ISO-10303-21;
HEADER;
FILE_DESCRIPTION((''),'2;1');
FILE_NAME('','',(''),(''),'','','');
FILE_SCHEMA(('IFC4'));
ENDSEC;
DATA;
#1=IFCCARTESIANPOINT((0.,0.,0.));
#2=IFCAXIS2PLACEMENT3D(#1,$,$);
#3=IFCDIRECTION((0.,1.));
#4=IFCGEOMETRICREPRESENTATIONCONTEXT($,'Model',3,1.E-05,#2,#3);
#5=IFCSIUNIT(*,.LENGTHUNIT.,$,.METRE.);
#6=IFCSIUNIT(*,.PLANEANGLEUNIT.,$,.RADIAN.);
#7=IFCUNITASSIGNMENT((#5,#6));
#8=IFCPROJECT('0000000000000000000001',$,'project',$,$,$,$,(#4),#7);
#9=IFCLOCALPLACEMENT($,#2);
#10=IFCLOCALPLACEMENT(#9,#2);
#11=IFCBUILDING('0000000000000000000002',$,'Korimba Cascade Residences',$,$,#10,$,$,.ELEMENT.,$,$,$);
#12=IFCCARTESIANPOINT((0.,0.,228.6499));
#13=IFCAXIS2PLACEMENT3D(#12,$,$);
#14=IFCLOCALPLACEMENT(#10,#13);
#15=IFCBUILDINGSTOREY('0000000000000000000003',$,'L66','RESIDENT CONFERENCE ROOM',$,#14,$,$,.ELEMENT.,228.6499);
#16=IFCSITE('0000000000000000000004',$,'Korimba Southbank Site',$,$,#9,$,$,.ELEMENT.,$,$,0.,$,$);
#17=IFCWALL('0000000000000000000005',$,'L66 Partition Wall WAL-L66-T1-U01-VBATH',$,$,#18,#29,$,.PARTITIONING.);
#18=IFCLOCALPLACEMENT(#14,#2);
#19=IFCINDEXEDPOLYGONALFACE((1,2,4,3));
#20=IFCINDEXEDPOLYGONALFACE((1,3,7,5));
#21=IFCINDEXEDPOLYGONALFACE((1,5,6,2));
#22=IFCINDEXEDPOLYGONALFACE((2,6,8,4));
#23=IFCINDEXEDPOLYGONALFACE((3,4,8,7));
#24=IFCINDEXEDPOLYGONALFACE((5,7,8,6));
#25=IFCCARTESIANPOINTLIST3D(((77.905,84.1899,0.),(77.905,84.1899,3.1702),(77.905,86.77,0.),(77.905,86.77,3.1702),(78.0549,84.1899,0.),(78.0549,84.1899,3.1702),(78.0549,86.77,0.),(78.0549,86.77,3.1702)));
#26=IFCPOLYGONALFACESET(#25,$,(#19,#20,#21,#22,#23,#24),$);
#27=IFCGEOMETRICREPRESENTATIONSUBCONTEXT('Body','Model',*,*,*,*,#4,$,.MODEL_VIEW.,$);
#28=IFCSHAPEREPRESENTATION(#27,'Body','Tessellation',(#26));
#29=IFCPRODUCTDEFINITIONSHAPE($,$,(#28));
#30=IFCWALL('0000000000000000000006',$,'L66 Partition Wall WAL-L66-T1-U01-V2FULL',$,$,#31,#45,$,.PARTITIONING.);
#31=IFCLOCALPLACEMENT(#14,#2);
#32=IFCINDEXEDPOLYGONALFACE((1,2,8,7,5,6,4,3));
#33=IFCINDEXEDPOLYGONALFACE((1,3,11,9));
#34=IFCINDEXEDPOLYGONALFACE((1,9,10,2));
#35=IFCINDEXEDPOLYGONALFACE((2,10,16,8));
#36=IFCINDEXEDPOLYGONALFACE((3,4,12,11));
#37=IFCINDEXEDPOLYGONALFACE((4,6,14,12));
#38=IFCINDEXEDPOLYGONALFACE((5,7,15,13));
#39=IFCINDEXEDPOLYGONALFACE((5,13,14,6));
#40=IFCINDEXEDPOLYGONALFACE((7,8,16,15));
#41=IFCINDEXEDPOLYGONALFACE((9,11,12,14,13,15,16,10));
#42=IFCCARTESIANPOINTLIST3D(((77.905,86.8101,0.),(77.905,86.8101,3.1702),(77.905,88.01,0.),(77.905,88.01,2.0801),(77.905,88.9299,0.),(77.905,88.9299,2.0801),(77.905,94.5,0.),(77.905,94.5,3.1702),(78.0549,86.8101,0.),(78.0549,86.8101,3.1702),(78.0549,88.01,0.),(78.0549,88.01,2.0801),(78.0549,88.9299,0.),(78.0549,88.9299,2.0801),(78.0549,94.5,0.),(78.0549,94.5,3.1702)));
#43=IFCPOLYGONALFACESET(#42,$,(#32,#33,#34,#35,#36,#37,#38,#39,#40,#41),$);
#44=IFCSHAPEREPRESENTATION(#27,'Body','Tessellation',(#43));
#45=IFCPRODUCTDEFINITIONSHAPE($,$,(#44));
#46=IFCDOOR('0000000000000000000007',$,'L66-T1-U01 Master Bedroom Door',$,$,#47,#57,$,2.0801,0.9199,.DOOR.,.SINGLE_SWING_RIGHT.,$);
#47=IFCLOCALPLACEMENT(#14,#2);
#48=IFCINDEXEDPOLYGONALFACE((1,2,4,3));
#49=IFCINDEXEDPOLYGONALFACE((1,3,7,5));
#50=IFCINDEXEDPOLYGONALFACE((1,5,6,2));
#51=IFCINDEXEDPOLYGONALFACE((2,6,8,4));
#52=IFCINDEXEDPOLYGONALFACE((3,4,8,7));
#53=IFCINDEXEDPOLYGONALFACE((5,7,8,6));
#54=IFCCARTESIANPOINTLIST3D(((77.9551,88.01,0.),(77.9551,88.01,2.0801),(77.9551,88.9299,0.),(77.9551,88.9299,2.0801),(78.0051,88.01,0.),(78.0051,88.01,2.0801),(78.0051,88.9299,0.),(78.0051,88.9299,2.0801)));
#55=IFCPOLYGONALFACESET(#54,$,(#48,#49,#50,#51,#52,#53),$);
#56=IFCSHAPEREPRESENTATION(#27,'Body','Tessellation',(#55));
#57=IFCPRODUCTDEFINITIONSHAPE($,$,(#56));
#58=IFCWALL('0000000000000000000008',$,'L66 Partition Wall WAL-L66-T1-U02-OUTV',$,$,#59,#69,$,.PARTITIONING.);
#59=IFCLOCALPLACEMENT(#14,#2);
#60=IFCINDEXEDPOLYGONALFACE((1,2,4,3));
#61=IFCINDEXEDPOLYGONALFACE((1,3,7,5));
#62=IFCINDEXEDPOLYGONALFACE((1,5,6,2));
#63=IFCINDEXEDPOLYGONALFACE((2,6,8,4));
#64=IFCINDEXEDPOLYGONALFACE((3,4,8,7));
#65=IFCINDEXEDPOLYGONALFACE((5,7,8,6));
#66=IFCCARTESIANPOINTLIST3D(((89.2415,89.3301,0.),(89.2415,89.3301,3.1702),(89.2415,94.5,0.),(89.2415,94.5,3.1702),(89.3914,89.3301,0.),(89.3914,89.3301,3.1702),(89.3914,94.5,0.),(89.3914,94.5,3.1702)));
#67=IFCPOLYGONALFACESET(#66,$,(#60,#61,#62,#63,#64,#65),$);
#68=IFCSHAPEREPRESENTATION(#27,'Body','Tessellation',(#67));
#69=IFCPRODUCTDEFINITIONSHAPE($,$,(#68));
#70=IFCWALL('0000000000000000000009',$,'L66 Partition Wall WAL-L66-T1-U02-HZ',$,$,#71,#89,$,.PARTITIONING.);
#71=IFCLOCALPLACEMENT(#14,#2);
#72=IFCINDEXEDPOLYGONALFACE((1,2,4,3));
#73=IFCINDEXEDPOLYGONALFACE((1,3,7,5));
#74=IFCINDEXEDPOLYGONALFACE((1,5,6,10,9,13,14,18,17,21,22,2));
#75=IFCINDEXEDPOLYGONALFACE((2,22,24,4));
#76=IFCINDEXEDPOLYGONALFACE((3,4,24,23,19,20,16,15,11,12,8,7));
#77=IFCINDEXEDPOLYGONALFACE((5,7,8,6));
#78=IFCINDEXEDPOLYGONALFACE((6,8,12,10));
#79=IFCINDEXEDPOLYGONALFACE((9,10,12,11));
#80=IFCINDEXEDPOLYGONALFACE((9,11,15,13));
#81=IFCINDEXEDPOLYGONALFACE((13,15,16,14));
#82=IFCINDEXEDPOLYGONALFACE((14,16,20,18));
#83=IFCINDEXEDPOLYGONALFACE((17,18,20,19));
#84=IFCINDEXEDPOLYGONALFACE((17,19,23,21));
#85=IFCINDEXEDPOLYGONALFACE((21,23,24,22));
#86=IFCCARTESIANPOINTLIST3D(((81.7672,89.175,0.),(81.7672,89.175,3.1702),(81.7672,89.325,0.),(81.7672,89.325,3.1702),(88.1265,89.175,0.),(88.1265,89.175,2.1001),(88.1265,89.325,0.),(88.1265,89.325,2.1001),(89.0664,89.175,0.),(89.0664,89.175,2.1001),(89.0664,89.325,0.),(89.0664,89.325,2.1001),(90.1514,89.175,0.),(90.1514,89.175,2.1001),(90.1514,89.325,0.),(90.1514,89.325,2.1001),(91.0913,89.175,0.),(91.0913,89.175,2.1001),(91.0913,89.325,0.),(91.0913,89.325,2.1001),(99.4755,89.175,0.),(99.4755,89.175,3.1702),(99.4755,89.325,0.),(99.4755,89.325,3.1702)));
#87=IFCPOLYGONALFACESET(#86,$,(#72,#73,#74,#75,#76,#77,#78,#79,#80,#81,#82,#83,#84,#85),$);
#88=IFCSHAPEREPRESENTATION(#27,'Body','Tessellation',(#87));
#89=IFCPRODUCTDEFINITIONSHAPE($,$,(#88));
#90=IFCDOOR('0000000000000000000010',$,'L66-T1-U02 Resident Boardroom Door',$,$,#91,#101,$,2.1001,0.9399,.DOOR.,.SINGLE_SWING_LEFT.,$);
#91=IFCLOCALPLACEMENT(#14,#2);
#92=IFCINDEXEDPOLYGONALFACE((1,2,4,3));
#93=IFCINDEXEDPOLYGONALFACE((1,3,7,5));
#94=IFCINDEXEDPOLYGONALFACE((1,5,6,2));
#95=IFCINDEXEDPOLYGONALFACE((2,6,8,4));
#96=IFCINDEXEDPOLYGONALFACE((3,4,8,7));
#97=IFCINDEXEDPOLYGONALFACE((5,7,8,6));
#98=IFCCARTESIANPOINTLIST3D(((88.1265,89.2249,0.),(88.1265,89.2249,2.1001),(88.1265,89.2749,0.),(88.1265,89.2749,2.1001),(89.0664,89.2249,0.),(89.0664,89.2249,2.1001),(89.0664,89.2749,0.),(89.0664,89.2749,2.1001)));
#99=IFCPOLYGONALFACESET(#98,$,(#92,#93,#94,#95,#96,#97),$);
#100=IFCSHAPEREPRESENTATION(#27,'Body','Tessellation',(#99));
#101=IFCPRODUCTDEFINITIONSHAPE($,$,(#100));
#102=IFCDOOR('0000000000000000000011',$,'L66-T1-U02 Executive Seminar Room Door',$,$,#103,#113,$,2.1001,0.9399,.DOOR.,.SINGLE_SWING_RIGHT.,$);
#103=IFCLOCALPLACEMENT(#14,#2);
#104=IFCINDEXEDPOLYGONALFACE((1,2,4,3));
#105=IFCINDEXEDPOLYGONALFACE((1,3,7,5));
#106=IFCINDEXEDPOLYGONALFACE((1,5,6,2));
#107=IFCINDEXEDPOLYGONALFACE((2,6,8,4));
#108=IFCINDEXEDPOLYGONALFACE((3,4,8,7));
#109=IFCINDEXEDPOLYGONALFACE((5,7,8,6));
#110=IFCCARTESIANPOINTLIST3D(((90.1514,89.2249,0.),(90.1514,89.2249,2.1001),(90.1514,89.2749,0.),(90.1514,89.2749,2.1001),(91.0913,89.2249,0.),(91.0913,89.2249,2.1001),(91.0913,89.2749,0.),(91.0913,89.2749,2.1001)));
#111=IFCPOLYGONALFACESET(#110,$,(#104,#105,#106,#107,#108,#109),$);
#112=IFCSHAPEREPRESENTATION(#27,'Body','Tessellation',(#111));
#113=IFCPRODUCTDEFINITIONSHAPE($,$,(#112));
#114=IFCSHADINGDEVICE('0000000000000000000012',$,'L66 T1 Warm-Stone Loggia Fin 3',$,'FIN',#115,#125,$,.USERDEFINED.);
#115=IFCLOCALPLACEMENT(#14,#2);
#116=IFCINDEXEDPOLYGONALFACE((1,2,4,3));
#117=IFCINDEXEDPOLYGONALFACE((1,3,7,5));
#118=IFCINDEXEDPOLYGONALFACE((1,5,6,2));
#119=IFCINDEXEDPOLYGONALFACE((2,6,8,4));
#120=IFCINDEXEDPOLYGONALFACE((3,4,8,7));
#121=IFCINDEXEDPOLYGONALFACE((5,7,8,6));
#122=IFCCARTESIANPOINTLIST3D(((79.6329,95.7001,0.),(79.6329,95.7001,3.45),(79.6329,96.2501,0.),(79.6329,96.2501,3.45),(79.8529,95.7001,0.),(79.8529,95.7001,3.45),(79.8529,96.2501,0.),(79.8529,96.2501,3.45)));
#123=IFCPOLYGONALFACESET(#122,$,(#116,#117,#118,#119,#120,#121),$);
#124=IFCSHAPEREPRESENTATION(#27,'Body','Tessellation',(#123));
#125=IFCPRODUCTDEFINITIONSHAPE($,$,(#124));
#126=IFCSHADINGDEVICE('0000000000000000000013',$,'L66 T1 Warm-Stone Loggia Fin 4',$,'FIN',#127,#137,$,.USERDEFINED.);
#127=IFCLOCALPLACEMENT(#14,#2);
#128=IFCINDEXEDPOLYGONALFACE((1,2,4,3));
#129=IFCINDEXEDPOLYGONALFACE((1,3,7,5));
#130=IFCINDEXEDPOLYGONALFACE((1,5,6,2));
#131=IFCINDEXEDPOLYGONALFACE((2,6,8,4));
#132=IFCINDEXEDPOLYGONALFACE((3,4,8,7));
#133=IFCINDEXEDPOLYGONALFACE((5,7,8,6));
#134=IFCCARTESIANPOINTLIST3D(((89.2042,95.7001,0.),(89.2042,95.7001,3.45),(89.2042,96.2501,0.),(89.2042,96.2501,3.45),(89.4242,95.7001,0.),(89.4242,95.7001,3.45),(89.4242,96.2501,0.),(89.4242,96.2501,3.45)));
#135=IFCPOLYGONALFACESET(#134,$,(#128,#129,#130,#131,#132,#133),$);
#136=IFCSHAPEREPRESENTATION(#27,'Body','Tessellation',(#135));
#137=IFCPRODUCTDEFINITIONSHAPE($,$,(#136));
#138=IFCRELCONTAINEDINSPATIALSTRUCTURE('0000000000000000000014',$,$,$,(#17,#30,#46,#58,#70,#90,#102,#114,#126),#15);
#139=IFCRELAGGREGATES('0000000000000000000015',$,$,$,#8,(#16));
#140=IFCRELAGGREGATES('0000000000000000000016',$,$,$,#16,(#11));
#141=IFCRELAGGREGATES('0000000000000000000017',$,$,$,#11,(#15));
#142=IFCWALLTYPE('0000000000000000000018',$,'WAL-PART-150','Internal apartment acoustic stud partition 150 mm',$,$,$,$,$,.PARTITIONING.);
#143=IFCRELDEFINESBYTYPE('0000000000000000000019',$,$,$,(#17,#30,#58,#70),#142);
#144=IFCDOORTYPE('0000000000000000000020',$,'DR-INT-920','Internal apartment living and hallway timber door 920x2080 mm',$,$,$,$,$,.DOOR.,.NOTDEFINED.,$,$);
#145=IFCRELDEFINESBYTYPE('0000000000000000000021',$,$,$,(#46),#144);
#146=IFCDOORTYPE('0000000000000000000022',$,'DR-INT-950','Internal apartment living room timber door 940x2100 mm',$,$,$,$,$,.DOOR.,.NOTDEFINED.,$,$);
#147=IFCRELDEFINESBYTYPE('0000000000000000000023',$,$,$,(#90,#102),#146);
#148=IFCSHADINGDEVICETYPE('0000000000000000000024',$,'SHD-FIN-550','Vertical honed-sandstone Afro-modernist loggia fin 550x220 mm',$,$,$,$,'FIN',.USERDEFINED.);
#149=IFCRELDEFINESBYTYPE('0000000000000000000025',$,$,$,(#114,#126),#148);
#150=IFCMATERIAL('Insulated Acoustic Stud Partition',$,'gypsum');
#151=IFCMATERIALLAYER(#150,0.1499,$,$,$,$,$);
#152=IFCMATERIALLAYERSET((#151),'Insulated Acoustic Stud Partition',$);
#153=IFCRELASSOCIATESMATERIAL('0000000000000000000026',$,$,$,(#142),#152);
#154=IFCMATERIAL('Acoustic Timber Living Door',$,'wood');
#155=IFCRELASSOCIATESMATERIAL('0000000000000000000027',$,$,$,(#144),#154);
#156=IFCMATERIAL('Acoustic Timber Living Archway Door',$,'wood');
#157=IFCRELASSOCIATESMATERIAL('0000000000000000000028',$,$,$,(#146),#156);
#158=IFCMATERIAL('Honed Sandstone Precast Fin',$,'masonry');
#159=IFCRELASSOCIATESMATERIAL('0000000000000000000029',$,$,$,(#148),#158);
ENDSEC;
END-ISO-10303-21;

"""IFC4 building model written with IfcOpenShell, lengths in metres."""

from ifc_helpers import new_model, si_unit, direction, frame, frame_2d, origin, origin_2d, place, context, subcontext, project, spatial, rectangle, extrude, material, layer, layer_set, type_object, element, fill, save


model = new_model("IFC4")

# Units and contexts
model_context = context("Model", 3, precision=1e-05, world=origin(), true_north=direction((0.0, 1.0)))
body_context = subcontext(model_context, "Body", "Model", "MODEL_VIEW")
ifc_project = project(units=[si_unit("LENGTHUNIT", "METRE"), si_unit("PLANEANGLEUNIT", "RADIAN")], contexts=[model_context])

# Site, building, storey
site_placement = place(None, origin())
site = spatial("IfcSite", under=ifc_project, at=site_placement, Name="Korimba Southbank Site", CompositionType="ELEMENT", RefElevation=0.0)
building_placement = place(site_placement, origin())
building = spatial("IfcBuilding", under=site, at=building_placement, Name="Korimba Cascade Residences", CompositionType="ELEMENT")
storey_placement = place(building_placement, frame((0.0, 0.0, 228.6499)))
storey = spatial("IfcBuildingStorey", under=building, at=storey_placement, Name="L66", Description="RESIDENT CONFERENCE ROOM", CompositionType="ELEMENT", Elevation=228.6499)

# Shared definitions
ifc_material_1 = material(Name="Insulated Acoustic Stud Partition", Category="gypsum")
ifc_layer_1 = layer(ifc_material_1, 0.1499)
ifc_layer_set_1 = layer_set([ifc_layer_1], Name="Insulated Acoustic Stud Partition")
wall_type_1 = type_object("IfcWallType", Name="WAL-PART-150", Description="Internal apartment acoustic stud partition 150 mm", PredefinedType="PARTITIONING", material=ifc_layer_set_1)

# Wall
wall_1_placement = place(storey_placement, frame((77.98, 84.1899, 0.0), z_axis=(0.0, 0.0, 1.0), x_axis=(0.0, 1.0, 0.0)))
element("IfcWall", 1, at=wall_1_placement, inside=storey, type_object=wall_type_1, Name="L66 Partition Wall WAL-L66-T1-U01-VBATH", PredefinedType="PARTITIONING", context=body_context, shape_type="SweptSolid", body=[
    extrude(rectangle(XDim=2.5801, YDim=0.1499, at=frame_2d((1.29, 0.0))), origin(), (0.0, 0.0, 1.0), 3.1702),
])

# Wall, opening, door
wall_2_placement = place(storey_placement, frame((77.98, 86.8101, 0.0), z_axis=(0.0, 0.0, 1.0), x_axis=(0.0, 1.0, 0.0)))
wall_2 = element("IfcWall", 2, at=wall_2_placement, inside=storey, type_object=wall_type_1, Name="L66 Partition Wall WAL-L66-T1-U01-V2FULL", PredefinedType="PARTITIONING", context=body_context, shape_type="SweptSolid", body=[
    extrude(rectangle(XDim=7.6899, YDim=0.1499, at=frame_2d((3.845, 0.0))), origin(), (0.0, 0.0, 1.0), 3.1702),
])
opening_1_placement = place(wall_2_placement, frame((1.2, 0.0, 0.0)))
opening_1 = element("IfcOpeningElement", 3, at=opening_1_placement, cuts=wall_2, PredefinedType="OPENING", context=body_context, shape_type="SweptSolid", body=[
    extrude(rectangle(XDim=0.9199, YDim=2.0801, at=frame_2d((0.46, 1.04))), frame((0.0, 0.085, 0.0), z_axis=(0.0, -1.0, 0.0), x_axis=(1.0, 0.0, 0.0)), (0.0, 0.0, 1.0), 0.1699),
])
ifc_material_2 = material(Name="Acoustic Timber Living Door", Category="wood")
door_type_1 = type_object("IfcDoorType", Name="DR-INT-920", Description="Internal apartment living and hallway timber door 920x2080 mm", OperationType="NOTDEFINED", PredefinedType="DOOR", material=ifc_material_2)
door_1_placement = place(opening_1_placement, origin())
door_1 = element("IfcDoor", 4, at=door_1_placement, inside=storey, type_object=door_type_1, Name="L66-T1-U01 Master Bedroom Door", OperationType="SINGLE_SWING_RIGHT", OverallHeight=2.0801, OverallWidth=0.9199, PredefinedType="DOOR", context=body_context, shape_type="SweptSolid", body=[
    extrude(rectangle(XDim=0.9199, YDim=2.0801, at=frame_2d((0.46, 1.04))), frame((0.0, 0.0249, 0.0), z_axis=(0.0, -1.0, 0.0), x_axis=(1.0, 0.0, 0.0)), (0.0, 0.0, 1.0), 0.05),
])
fill(opening_1, door_1)

# Wall
wall_3_placement = place(storey_placement, frame((89.3164, 89.3301, 0.0), z_axis=(0.0, 0.0, 1.0), x_axis=(0.0, 1.0, 0.0)))
element("IfcWall", 5, at=wall_3_placement, inside=storey, type_object=wall_type_1, Name="L66 Partition Wall WAL-L66-T1-U02-OUTV", PredefinedType="PARTITIONING", context=body_context, shape_type="SweptSolid", body=[
    extrude(rectangle(XDim=5.1699, YDim=0.1499, at=frame_2d((2.585, 0.0))), origin(), (0.0, 0.0, 1.0), 3.1702),
])

# Wall, openings, doors
wall_4_placement = place(storey_placement, frame((81.7673, 89.25, 0.0), z_axis=(0.0, 0.0, 1.0), x_axis=(1.0, 0.0, 0.0)))
wall_4 = element("IfcWall", 6, at=wall_4_placement, inside=storey, type_object=wall_type_1, Name="L66 Partition Wall WAL-L66-T1-U02-HZ", PredefinedType="PARTITIONING", context=body_context, shape_type="SweptSolid", body=[
    extrude(rectangle(XDim=17.7083, YDim=0.1499, at=frame_2d((8.854, 0.0))), origin(), (0.0, 0.0, 1.0), 3.1702),
])
opening_2_placement = place(wall_4_placement, frame((6.3591, 0.0, 0.0)))
opening_2 = element("IfcOpeningElement", 7, at=opening_2_placement, cuts=wall_4, PredefinedType="OPENING", context=body_context, shape_type="SweptSolid", body=[
    extrude(rectangle(XDim=0.9399, YDim=2.1001, at=frame_2d((0.47, 1.05))), frame((0.0, 0.085, 0.0), z_axis=(0.0, -1.0, 0.0), x_axis=(1.0, 0.0, 0.0)), (0.0, 0.0, 1.0), 0.1699),
])
opening_3_placement = place(wall_4_placement, frame((8.384, 0.0, 0.0)))
opening_3 = element("IfcOpeningElement", 8, at=opening_3_placement, cuts=wall_4, PredefinedType="OPENING", context=body_context, shape_type="SweptSolid", body=[
    extrude(rectangle(XDim=0.9399, YDim=2.1001, at=frame_2d((0.47, 1.05))), frame((0.0, 0.085, 0.0), z_axis=(0.0, -1.0, 0.0), x_axis=(1.0, 0.0, 0.0)), (0.0, 0.0, 1.0), 0.1699),
])
ifc_material_3 = material(Name="Acoustic Timber Living Archway Door", Category="wood")
door_type_2 = type_object("IfcDoorType", Name="DR-INT-950", Description="Internal apartment living room timber door 940x2100 mm", OperationType="NOTDEFINED", PredefinedType="DOOR", material=ifc_material_3)
door_2_placement = place(opening_2_placement, origin())
door_2 = element("IfcDoor", 9, at=door_2_placement, inside=storey, type_object=door_type_2, Name="L66-T1-U02 Resident Boardroom Door", OperationType="SINGLE_SWING_LEFT", OverallHeight=2.1001, OverallWidth=0.9399, PredefinedType="DOOR", context=body_context, shape_type="SweptSolid", body=[
    extrude(rectangle(XDim=0.9399, YDim=2.1001, at=frame_2d((0.47, 1.05))), frame((0.0, 0.0249, 0.0), z_axis=(0.0, -1.0, 0.0), x_axis=(1.0, 0.0, 0.0)), (0.0, 0.0, 1.0), 0.05),
])
fill(opening_2, door_2)
door_3_placement = place(opening_3_placement, origin())
door_3 = element("IfcDoor", 10, at=door_3_placement, inside=storey, type_object=door_type_2, Name="L66-T1-U02 Executive Seminar Room Door", OperationType="SINGLE_SWING_RIGHT", OverallHeight=2.1001, OverallWidth=0.9399, PredefinedType="DOOR", context=body_context, shape_type="SweptSolid", body=[
    extrude(rectangle(XDim=0.9399, YDim=2.1001, at=frame_2d((0.47, 1.05))), frame((0.0, 0.0249, 0.0), z_axis=(0.0, -1.0, 0.0), x_axis=(1.0, 0.0, 0.0)), (0.0, 0.0, 1.0), 0.05),
])
fill(opening_3, door_3)

# Shading devices
ifc_material_4 = material(Name="Honed Sandstone Precast Fin", Category="masonry")
shading_device_type = type_object("IfcShadingDeviceType", Name="SHD-FIN-550", Description="Vertical honed-sandstone Afro-modernist loggia fin 550x220 mm", ElementType="FIN", PredefinedType="USERDEFINED", material=ifc_material_4)
for number, where, z_axis, x_axis, name in (
    (11, (79.7429, 95.9751, 0.0), (0.0, 0.0, 1.0), (1.0, 0.0, 0.0), "L66 T1 Warm-Stone Loggia Fin 3"),
    (12, (89.3142, 95.9751, 0.0), (0.0, 0.0, 1.0), (1.0, 0.0, 0.0), "L66 T1 Warm-Stone Loggia Fin 4"),
):
    element("IfcShadingDevice", number, at=place(storey_placement, frame(where, z_axis=z_axis, x_axis=x_axis)), inside=storey, type_object=shading_device_type, Name=name, ObjectType="FIN", PredefinedType="USERDEFINED", context=body_context, shape_type="SweptSolid", body=[
        extrude(rectangle(XDim=0.22, YDim=0.55, at=origin_2d()), origin(), (0.0, 0.0, 1.0), 3.45),
    ])

save(model, "model.ifc")
